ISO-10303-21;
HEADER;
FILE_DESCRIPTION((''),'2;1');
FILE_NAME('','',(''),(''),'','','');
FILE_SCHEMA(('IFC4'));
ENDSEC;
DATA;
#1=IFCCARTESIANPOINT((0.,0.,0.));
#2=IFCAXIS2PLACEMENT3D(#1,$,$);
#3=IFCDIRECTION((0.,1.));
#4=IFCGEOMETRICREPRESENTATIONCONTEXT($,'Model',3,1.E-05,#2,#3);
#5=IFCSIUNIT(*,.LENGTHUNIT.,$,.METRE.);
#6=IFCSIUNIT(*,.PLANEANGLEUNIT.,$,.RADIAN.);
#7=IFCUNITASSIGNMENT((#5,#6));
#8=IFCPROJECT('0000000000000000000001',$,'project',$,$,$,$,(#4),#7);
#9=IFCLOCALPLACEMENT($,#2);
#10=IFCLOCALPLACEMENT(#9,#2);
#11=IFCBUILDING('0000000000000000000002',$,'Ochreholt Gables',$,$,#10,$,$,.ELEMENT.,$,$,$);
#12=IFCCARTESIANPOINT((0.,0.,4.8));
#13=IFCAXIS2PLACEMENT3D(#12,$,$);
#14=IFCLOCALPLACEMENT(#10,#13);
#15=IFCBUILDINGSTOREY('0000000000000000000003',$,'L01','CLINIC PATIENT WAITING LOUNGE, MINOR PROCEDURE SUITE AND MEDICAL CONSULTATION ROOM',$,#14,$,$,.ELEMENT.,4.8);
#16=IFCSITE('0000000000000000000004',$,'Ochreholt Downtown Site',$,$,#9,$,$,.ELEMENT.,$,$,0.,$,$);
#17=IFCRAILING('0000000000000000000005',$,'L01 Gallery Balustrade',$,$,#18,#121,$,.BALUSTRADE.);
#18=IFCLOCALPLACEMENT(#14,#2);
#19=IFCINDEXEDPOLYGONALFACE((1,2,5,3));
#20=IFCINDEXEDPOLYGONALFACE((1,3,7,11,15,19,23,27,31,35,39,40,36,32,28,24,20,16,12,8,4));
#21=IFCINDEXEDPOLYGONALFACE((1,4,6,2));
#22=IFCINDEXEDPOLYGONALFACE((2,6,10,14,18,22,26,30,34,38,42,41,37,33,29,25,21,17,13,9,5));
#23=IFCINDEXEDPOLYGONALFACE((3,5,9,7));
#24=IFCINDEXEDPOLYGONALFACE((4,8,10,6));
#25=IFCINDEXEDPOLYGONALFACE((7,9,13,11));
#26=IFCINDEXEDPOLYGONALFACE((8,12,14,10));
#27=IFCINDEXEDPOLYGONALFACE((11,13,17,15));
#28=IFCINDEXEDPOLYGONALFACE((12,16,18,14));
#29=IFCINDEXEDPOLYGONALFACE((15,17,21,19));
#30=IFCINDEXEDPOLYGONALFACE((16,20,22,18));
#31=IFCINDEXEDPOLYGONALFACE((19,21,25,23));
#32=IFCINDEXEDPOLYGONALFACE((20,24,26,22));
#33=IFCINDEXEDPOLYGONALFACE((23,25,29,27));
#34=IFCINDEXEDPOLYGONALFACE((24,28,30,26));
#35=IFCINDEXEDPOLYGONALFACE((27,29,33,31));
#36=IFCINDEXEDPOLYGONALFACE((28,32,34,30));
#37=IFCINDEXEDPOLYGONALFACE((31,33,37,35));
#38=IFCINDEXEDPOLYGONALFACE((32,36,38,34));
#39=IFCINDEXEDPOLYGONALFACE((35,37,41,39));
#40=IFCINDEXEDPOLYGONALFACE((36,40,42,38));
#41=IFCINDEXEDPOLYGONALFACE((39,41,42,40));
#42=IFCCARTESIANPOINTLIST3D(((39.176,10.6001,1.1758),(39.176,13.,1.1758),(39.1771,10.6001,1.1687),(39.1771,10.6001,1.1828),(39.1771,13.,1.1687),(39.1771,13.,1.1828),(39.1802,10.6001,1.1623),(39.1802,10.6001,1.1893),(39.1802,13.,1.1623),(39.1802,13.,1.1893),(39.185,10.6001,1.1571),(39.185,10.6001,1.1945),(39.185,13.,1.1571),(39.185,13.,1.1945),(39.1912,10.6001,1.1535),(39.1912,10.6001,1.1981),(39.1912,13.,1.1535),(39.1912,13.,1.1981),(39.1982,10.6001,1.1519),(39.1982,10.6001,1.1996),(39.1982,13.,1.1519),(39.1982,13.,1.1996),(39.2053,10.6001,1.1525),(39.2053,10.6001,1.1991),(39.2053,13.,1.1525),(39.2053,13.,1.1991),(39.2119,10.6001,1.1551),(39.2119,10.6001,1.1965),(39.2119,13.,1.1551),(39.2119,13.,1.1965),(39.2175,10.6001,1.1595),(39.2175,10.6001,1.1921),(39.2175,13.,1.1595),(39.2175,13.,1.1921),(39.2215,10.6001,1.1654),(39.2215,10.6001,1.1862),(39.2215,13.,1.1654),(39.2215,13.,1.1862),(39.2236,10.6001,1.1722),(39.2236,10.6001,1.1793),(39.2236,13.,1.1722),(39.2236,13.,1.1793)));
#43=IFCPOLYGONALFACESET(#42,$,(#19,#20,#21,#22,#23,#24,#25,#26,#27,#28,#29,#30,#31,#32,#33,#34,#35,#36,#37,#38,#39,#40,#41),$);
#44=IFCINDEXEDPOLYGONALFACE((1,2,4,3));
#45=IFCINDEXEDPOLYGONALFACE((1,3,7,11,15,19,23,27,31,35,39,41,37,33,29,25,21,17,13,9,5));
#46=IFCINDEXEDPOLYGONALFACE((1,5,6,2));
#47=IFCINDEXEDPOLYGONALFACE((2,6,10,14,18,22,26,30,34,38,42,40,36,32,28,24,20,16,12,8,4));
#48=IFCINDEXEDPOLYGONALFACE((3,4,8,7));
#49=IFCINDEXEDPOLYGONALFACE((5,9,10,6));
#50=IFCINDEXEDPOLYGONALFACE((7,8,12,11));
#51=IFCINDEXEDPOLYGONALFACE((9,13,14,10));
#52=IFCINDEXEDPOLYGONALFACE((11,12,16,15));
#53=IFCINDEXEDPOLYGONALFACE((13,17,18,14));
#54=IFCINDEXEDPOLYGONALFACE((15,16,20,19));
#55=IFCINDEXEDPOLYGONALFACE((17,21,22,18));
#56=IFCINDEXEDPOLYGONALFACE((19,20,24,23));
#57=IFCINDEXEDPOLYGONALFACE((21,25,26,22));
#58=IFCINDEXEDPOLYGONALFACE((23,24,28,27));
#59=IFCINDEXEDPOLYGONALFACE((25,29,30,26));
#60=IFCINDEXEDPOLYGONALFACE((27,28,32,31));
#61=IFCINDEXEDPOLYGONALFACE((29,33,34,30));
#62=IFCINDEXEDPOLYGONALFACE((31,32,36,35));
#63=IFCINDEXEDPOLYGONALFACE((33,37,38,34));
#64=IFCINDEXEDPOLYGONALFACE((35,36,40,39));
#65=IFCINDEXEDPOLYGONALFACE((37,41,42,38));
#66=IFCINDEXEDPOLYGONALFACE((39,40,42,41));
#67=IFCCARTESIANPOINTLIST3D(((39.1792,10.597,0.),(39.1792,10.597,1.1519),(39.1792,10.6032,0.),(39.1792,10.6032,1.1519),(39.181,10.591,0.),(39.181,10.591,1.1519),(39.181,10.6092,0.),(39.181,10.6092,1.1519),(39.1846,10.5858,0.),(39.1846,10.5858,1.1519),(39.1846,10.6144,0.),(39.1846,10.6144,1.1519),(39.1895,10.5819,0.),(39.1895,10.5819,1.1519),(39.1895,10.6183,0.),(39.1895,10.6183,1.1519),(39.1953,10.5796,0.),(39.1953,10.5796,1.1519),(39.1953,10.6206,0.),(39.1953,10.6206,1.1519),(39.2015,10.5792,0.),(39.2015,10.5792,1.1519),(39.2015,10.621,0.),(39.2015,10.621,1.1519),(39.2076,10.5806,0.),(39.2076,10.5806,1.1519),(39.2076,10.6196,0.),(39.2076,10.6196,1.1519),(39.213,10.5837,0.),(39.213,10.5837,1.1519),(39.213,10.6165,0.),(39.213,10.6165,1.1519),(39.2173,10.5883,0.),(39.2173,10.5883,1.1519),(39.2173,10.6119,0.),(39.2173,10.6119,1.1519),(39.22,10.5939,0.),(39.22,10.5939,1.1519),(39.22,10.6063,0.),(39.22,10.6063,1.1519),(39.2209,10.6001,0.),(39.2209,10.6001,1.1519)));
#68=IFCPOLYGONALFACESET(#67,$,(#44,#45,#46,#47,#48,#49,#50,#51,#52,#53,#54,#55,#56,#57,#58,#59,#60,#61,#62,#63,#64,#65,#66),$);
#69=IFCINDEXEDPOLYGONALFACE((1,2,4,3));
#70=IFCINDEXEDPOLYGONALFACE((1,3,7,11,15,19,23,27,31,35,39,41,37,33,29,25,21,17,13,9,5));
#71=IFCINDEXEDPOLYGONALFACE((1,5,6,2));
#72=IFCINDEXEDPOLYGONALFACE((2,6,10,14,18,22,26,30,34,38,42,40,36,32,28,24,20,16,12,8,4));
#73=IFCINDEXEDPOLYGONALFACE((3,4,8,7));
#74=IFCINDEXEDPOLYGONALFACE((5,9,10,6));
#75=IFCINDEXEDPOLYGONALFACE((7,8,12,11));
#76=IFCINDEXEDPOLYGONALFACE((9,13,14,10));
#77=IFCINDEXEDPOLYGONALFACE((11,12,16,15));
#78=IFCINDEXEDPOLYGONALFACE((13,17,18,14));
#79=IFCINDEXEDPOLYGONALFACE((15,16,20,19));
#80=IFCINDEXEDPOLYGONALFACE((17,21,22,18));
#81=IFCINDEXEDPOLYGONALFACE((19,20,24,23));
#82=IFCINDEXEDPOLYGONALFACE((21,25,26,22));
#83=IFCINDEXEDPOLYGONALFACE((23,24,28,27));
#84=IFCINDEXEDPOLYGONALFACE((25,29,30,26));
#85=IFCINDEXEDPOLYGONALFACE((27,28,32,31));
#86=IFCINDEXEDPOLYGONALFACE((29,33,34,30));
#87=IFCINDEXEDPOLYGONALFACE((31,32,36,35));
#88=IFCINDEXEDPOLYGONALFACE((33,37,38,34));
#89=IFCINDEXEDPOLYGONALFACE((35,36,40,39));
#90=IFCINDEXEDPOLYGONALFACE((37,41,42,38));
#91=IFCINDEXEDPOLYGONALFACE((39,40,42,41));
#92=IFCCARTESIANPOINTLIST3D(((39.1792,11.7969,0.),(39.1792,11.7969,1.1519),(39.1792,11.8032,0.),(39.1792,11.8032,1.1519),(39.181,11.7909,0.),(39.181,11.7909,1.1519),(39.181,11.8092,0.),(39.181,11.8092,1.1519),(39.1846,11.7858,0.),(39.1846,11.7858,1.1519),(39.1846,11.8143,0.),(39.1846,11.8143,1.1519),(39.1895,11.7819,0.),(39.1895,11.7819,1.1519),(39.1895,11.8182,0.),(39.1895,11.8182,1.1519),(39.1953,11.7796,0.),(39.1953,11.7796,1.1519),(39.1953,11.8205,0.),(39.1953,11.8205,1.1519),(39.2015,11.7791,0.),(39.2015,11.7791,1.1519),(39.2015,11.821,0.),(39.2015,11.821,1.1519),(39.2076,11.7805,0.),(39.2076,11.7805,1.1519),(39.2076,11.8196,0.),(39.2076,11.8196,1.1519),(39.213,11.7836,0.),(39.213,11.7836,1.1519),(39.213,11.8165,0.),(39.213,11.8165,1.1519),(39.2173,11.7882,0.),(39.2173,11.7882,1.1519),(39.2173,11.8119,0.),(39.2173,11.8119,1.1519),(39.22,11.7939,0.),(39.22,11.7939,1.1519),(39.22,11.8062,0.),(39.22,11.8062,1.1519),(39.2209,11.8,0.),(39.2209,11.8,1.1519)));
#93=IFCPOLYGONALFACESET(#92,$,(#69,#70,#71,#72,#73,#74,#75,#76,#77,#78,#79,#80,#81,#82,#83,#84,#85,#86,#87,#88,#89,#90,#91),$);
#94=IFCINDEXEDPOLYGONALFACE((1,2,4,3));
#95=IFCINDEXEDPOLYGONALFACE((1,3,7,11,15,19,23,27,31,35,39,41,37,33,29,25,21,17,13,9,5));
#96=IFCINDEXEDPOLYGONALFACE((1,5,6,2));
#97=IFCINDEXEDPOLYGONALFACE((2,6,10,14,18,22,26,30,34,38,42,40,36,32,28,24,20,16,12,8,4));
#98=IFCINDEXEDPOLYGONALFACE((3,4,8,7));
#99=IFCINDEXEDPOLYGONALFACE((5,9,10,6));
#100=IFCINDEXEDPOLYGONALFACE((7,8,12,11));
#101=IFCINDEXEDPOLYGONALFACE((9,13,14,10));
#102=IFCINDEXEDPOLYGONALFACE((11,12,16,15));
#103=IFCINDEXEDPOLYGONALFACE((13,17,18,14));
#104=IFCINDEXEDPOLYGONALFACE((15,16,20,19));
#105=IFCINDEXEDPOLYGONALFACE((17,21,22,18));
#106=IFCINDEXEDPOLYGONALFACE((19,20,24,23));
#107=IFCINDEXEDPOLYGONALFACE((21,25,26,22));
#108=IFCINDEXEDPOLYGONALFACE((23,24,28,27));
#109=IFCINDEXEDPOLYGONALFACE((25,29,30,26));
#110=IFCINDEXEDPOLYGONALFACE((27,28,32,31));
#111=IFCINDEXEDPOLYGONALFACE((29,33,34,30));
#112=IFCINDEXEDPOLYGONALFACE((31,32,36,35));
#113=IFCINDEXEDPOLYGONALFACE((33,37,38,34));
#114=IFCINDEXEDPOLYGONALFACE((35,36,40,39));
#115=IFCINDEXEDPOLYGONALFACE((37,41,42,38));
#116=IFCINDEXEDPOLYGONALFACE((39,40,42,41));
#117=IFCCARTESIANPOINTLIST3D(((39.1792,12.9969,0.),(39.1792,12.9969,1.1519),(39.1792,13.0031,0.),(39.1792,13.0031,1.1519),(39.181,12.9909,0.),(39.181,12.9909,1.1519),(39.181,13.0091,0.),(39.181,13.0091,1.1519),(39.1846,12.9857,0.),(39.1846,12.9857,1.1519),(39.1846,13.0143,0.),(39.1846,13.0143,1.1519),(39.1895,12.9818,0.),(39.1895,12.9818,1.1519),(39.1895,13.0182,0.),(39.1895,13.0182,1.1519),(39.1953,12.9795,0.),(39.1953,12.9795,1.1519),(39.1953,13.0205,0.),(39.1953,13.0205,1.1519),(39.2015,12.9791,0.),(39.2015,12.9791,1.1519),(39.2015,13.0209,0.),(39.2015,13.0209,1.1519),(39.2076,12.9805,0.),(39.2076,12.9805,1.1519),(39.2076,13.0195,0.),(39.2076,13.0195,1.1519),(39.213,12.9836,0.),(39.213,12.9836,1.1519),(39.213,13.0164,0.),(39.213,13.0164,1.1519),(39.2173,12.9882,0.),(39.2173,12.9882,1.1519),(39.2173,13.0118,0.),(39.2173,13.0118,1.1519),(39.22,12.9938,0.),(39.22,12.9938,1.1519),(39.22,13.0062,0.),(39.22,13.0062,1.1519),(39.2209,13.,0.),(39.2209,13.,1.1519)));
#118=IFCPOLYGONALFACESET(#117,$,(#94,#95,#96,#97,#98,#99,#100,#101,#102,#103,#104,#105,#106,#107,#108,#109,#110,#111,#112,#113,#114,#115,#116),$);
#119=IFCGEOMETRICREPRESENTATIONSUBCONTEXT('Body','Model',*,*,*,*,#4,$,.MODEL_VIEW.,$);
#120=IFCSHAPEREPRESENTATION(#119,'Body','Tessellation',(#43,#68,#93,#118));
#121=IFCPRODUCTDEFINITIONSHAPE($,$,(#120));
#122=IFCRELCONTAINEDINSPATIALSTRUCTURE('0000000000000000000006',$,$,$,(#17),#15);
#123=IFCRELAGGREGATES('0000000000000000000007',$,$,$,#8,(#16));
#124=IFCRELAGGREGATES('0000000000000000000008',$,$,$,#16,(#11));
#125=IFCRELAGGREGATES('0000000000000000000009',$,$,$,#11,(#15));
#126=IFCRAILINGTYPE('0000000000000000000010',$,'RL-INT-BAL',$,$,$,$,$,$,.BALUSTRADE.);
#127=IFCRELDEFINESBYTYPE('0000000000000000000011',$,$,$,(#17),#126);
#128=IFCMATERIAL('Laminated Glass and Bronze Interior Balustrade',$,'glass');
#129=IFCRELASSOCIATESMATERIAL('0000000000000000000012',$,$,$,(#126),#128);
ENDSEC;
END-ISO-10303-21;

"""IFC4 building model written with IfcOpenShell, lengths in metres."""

from ifc_helpers import new_model, si_unit, direction, frame, origin, origin_2d, place, context, subcontext, project, spatial, circle, extrude, material, type_object, element, save


model = new_model("IFC4")

# Units and contexts
model_context = context("Model", 3, precision=1e-05, world=origin(), true_north=direction((0.0, 1.0)))
body_context = subcontext(model_context, "Body", "Model", "MODEL_VIEW")
ifc_project = project(units=[si_unit("LENGTHUNIT", "METRE"), si_unit("PLANEANGLEUNIT", "RADIAN")], contexts=[model_context])

# Site, building, storey
site_placement = place(None, origin())
site = spatial("IfcSite", under=ifc_project, at=site_placement, Name="Ochreholt Downtown Site", CompositionType="ELEMENT", RefElevation=0.0)
building_placement = place(site_placement, origin())
building = spatial("IfcBuilding", under=site, at=building_placement, Name="Ochreholt Gables", CompositionType="ELEMENT")
storey_placement = place(building_placement, frame((0.0, 0.0, 4.8)))
storey = spatial("IfcBuildingStorey", under=building, at=storey_placement, Name="L01", Description="CLINIC PATIENT WAITING LOUNGE, MINOR PROCEDURE SUITE AND MEDICAL CONSULTATION ROOM", CompositionType="ELEMENT", Elevation=4.8)

# Railing
ifc_material_1 = material(Name="Laminated Glass and Bronze Interior Balustrade", Category="glass")
railing_type = type_object("IfcRailingType", Name="RL-INT-BAL", PredefinedType="BALUSTRADE", material=ifc_material_1)
railing_placement = place(storey_placement, frame((39.2, 10.6001, 0.0)))
element("IfcRailing", 1, at=railing_placement, inside=storey, type_object=railing_type, Name="L01 Gallery Balustrade", PredefinedType="BALUSTRADE", context=body_context, shape_type="SweptSolid", body=[
    extrude(circle(Radius=0.0239, at=origin_2d()), frame((0.0, 0.0, 1.1758), z_axis=(0.0, 1.0, 0.0), x_axis=(-1.0, 0.0, 0.0)), (0.0, 0.0, 1.0), 2.3999),
    extrude(circle(Radius=0.021, at=origin_2d()), origin(), (0.0, 0.0, 1.0), 1.1519),
    extrude(circle(Radius=0.021, at=origin_2d()), frame((0.0, 1.2, 0.0)), (0.0, 0.0, 1.0), 1.1519),
    extrude(circle(Radius=0.021, at=origin_2d()), frame((0.0, 2.3999, 0.0)), (0.0, 0.0, 1.0), 1.1519),
])

save(model, "model.ifc")
